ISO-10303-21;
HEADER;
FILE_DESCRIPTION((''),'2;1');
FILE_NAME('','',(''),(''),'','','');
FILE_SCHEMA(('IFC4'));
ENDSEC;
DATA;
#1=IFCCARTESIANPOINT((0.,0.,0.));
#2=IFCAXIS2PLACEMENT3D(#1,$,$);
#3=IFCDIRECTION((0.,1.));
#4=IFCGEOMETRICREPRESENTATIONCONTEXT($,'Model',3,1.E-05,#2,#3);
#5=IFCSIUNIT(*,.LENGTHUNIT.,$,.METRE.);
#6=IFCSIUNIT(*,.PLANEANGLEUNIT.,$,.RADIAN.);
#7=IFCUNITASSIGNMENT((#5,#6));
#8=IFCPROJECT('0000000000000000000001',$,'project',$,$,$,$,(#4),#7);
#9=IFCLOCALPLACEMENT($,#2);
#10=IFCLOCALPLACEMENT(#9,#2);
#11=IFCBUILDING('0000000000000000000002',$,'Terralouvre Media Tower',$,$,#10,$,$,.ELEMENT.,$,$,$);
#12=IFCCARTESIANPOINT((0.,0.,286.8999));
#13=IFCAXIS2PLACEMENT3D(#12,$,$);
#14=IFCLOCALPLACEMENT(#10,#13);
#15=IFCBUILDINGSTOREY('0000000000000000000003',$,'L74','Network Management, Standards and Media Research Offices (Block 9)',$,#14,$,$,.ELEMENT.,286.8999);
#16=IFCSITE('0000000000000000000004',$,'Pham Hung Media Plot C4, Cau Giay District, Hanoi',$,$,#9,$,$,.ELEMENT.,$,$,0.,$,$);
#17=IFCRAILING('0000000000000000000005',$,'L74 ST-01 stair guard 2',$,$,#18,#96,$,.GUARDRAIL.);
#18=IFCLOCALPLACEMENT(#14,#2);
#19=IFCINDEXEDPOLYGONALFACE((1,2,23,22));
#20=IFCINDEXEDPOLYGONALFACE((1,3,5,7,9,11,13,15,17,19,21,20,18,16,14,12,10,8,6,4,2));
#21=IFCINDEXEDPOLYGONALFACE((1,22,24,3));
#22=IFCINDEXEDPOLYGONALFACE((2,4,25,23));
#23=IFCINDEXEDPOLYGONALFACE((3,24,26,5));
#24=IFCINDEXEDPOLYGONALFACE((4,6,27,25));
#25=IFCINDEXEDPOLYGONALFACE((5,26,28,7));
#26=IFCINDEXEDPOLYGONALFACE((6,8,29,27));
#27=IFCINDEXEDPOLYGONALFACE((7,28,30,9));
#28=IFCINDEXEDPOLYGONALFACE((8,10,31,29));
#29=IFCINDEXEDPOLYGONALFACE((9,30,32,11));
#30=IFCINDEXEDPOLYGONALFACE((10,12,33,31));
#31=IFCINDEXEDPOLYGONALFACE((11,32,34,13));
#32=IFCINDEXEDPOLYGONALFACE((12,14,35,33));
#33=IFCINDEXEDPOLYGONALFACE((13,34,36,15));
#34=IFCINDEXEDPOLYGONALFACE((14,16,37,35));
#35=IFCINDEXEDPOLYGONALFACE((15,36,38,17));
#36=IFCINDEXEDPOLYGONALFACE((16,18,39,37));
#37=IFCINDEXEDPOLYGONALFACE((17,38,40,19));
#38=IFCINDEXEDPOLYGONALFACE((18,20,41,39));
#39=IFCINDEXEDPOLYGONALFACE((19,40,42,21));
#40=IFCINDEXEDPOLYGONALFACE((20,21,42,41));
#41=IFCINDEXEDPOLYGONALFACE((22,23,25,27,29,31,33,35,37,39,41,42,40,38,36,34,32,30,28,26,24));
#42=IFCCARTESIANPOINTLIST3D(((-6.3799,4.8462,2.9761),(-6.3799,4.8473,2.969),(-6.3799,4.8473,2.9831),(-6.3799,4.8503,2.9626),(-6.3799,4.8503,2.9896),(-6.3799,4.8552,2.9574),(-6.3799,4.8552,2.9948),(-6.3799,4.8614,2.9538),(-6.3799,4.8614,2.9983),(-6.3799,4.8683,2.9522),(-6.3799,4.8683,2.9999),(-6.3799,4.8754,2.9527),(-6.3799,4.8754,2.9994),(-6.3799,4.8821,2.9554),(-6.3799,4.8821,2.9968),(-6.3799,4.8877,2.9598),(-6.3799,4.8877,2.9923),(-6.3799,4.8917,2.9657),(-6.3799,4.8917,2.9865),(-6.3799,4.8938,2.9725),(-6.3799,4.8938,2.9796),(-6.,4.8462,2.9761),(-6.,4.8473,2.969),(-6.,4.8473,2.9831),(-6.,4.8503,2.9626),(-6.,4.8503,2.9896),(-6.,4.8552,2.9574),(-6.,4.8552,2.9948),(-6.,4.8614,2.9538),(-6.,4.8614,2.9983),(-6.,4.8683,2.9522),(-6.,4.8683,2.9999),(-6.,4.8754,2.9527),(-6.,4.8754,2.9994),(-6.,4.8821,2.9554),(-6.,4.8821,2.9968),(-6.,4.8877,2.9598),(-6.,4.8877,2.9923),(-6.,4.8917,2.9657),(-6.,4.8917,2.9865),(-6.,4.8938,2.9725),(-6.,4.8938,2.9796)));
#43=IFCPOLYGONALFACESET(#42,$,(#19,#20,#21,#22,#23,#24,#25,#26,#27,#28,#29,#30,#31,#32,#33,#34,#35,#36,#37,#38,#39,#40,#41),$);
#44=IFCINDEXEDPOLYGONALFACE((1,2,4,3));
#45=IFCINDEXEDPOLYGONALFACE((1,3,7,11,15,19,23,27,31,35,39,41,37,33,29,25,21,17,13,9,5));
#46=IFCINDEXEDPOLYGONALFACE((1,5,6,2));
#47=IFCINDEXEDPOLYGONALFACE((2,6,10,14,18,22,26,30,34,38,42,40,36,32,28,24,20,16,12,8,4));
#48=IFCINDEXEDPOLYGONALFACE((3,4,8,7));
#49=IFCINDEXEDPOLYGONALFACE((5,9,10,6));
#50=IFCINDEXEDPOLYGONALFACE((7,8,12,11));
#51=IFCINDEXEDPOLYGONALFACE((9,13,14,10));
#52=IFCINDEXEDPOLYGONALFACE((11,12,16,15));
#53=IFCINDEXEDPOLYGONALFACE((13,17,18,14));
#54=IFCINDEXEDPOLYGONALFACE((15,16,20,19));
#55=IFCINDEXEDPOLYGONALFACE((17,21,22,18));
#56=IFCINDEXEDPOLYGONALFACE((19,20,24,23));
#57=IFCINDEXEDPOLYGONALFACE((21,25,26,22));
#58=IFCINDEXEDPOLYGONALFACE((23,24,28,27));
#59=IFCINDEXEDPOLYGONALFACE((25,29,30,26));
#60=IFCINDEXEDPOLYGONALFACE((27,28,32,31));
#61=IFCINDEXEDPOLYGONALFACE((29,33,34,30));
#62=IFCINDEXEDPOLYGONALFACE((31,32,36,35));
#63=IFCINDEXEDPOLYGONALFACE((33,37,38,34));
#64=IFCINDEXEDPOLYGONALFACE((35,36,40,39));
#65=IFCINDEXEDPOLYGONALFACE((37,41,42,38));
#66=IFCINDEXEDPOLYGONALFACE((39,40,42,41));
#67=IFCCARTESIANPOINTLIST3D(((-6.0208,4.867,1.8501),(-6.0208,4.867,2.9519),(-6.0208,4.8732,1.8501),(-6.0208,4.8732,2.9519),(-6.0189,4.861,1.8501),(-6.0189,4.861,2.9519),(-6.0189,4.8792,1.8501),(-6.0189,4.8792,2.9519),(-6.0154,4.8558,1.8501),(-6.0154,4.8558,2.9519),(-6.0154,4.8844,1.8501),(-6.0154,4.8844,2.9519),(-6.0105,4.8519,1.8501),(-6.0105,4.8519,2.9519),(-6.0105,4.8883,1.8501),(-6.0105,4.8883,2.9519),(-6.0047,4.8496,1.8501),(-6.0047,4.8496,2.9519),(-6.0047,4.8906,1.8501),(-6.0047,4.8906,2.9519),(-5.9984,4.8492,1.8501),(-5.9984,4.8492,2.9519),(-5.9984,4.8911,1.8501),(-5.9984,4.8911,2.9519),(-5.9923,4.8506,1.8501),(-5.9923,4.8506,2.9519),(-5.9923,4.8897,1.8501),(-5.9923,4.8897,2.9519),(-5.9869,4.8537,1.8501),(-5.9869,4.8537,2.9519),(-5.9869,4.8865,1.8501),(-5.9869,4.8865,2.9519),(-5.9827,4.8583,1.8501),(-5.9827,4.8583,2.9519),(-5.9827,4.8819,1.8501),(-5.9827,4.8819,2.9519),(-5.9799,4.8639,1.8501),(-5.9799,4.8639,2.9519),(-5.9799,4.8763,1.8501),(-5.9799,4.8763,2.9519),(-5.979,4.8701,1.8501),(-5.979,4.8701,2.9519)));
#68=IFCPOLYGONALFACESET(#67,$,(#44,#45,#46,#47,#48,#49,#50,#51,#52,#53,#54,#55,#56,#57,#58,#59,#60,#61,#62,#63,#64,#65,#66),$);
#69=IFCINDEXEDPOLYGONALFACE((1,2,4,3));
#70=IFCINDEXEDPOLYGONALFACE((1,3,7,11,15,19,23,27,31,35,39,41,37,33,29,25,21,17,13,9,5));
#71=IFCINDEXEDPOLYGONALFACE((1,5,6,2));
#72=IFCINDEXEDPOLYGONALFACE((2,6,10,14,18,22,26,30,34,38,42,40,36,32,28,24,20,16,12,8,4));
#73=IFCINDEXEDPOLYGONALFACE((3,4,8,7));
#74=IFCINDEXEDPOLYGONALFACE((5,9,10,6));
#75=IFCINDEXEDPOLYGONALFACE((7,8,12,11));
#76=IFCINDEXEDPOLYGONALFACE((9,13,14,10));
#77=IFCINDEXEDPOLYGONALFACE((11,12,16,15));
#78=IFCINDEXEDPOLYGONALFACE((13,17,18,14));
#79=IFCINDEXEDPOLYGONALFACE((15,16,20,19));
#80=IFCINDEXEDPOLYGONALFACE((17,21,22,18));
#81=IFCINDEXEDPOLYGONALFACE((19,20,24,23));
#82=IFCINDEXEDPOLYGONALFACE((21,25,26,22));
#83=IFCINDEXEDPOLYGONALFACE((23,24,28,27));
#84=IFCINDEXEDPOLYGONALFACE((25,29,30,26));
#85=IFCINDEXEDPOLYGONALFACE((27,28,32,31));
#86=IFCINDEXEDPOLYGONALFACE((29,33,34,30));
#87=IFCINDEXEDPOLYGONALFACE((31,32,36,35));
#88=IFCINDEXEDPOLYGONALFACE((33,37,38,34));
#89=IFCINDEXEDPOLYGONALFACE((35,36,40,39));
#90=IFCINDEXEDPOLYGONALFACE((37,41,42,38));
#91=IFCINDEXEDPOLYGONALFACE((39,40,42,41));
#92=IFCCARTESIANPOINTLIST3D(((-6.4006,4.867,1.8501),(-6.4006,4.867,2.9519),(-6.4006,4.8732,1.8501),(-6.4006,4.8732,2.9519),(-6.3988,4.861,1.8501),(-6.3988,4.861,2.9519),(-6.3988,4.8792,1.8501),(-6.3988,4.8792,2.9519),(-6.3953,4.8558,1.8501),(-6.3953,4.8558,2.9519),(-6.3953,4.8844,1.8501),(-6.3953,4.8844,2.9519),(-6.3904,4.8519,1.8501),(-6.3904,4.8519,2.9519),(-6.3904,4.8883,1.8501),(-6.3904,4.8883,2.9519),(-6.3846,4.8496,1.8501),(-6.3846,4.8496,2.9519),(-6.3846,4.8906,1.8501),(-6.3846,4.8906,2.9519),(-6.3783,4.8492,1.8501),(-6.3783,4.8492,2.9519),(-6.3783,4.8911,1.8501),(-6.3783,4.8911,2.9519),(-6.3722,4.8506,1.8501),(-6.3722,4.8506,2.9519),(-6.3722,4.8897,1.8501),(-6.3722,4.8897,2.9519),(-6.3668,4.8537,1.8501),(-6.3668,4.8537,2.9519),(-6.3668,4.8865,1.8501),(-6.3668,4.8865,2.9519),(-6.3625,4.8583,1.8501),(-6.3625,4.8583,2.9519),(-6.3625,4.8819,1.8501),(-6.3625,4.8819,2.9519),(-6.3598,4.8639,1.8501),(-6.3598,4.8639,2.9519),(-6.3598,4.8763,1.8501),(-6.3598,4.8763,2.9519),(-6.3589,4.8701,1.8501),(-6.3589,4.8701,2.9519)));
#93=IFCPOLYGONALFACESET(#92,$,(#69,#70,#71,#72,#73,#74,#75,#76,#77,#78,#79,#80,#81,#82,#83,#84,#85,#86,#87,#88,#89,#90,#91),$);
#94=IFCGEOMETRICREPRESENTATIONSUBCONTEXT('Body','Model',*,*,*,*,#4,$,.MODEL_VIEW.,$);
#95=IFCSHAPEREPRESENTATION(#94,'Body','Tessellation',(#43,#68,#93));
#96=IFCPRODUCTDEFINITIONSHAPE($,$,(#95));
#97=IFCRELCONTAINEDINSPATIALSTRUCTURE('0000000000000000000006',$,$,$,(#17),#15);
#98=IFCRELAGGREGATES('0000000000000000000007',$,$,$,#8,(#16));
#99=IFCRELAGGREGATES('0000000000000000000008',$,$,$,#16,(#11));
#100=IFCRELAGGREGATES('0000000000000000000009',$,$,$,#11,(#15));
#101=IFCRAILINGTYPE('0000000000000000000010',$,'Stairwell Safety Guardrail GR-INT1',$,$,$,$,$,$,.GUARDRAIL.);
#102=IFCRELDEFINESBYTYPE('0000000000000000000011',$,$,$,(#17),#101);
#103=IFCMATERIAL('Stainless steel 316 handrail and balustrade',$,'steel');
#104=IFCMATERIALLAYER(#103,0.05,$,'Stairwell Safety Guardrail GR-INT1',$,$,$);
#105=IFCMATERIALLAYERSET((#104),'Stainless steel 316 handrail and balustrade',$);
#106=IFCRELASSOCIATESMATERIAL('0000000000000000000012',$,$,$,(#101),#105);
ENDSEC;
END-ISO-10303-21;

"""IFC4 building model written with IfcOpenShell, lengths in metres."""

from ifc_helpers import new_model, si_unit, direction, frame, origin, origin_2d, place, context, subcontext, project, spatial, circle, extrude, material, layer, layer_set, type_object, element, save


model = new_model("IFC4")

# Units and contexts
model_context = context("Model", 3, precision=1e-05, world=origin(), true_north=direction((0.0, 1.0)))
body_context = subcontext(model_context, "Body", "Model", "MODEL_VIEW")
ifc_project = project(units=[si_unit("LENGTHUNIT", "METRE"), si_unit("PLANEANGLEUNIT", "RADIAN")], contexts=[model_context])

# Site, building, storey
site_placement = place(None, origin())
site = spatial("IfcSite", under=ifc_project, at=site_placement, Name="Pham Hung Media Plot C4, Cau Giay District, Hanoi", CompositionType="ELEMENT", RefElevation=0.0)
building_placement = place(site_placement, origin())
building = spatial("IfcBuilding", under=site, at=building_placement, Name="Terralouvre Media Tower", CompositionType="ELEMENT")
storey_placement = place(building_placement, frame((0.0, 0.0, 286.8999)))
storey = spatial("IfcBuildingStorey", under=building, at=storey_placement, Name="L74", Description="Network Management, Standards and Media Research Offices (Block 9)", CompositionType="ELEMENT", Elevation=286.8999)

# Railing
ifc_material_1 = material(Name="Stainless steel 316 handrail and balustrade", Category="steel")
ifc_layer_1 = layer(ifc_material_1, 0.05, Name="Stairwell Safety Guardrail GR-INT1")
ifc_layer_set_1 = layer_set([ifc_layer_1], Name="Stainless steel 316 handrail and balustrade")
railing_type_1 = type_object("IfcRailingType", Name="Stairwell Safety Guardrail GR-INT1", PredefinedType="GUARDRAIL", material=ifc_layer_set_1)
railing_1_placement = place(storey_placement, frame((-6.0, 4.8701, 1.8501)))
element("IfcRailing", 1, at=railing_1_placement, inside=storey, type_object=railing_type_1, Name="L74 ST-01 stair guard 2", PredefinedType="GUARDRAIL", context=body_context, shape_type="SweptSolid", body=[
    extrude(circle(Radius=0.0239, at=origin_2d()), frame((0.0, 0.0, 1.126), z_axis=(-1.0, 0.0, 0.0), x_axis=(0.0, -1.0, 0.0)), (0.0, 0.0, 1.0), 0.3799),
    extrude(circle(Radius=0.021, at=origin_2d()), origin(), (0.0, 0.0, 1.0), 1.1018),
    extrude(circle(Radius=0.021, at=origin_2d()), frame((-0.3799, 0.0, 0.0)), (0.0, 0.0, 1.0), 1.1018),
])

save(model, "model.ifc")
